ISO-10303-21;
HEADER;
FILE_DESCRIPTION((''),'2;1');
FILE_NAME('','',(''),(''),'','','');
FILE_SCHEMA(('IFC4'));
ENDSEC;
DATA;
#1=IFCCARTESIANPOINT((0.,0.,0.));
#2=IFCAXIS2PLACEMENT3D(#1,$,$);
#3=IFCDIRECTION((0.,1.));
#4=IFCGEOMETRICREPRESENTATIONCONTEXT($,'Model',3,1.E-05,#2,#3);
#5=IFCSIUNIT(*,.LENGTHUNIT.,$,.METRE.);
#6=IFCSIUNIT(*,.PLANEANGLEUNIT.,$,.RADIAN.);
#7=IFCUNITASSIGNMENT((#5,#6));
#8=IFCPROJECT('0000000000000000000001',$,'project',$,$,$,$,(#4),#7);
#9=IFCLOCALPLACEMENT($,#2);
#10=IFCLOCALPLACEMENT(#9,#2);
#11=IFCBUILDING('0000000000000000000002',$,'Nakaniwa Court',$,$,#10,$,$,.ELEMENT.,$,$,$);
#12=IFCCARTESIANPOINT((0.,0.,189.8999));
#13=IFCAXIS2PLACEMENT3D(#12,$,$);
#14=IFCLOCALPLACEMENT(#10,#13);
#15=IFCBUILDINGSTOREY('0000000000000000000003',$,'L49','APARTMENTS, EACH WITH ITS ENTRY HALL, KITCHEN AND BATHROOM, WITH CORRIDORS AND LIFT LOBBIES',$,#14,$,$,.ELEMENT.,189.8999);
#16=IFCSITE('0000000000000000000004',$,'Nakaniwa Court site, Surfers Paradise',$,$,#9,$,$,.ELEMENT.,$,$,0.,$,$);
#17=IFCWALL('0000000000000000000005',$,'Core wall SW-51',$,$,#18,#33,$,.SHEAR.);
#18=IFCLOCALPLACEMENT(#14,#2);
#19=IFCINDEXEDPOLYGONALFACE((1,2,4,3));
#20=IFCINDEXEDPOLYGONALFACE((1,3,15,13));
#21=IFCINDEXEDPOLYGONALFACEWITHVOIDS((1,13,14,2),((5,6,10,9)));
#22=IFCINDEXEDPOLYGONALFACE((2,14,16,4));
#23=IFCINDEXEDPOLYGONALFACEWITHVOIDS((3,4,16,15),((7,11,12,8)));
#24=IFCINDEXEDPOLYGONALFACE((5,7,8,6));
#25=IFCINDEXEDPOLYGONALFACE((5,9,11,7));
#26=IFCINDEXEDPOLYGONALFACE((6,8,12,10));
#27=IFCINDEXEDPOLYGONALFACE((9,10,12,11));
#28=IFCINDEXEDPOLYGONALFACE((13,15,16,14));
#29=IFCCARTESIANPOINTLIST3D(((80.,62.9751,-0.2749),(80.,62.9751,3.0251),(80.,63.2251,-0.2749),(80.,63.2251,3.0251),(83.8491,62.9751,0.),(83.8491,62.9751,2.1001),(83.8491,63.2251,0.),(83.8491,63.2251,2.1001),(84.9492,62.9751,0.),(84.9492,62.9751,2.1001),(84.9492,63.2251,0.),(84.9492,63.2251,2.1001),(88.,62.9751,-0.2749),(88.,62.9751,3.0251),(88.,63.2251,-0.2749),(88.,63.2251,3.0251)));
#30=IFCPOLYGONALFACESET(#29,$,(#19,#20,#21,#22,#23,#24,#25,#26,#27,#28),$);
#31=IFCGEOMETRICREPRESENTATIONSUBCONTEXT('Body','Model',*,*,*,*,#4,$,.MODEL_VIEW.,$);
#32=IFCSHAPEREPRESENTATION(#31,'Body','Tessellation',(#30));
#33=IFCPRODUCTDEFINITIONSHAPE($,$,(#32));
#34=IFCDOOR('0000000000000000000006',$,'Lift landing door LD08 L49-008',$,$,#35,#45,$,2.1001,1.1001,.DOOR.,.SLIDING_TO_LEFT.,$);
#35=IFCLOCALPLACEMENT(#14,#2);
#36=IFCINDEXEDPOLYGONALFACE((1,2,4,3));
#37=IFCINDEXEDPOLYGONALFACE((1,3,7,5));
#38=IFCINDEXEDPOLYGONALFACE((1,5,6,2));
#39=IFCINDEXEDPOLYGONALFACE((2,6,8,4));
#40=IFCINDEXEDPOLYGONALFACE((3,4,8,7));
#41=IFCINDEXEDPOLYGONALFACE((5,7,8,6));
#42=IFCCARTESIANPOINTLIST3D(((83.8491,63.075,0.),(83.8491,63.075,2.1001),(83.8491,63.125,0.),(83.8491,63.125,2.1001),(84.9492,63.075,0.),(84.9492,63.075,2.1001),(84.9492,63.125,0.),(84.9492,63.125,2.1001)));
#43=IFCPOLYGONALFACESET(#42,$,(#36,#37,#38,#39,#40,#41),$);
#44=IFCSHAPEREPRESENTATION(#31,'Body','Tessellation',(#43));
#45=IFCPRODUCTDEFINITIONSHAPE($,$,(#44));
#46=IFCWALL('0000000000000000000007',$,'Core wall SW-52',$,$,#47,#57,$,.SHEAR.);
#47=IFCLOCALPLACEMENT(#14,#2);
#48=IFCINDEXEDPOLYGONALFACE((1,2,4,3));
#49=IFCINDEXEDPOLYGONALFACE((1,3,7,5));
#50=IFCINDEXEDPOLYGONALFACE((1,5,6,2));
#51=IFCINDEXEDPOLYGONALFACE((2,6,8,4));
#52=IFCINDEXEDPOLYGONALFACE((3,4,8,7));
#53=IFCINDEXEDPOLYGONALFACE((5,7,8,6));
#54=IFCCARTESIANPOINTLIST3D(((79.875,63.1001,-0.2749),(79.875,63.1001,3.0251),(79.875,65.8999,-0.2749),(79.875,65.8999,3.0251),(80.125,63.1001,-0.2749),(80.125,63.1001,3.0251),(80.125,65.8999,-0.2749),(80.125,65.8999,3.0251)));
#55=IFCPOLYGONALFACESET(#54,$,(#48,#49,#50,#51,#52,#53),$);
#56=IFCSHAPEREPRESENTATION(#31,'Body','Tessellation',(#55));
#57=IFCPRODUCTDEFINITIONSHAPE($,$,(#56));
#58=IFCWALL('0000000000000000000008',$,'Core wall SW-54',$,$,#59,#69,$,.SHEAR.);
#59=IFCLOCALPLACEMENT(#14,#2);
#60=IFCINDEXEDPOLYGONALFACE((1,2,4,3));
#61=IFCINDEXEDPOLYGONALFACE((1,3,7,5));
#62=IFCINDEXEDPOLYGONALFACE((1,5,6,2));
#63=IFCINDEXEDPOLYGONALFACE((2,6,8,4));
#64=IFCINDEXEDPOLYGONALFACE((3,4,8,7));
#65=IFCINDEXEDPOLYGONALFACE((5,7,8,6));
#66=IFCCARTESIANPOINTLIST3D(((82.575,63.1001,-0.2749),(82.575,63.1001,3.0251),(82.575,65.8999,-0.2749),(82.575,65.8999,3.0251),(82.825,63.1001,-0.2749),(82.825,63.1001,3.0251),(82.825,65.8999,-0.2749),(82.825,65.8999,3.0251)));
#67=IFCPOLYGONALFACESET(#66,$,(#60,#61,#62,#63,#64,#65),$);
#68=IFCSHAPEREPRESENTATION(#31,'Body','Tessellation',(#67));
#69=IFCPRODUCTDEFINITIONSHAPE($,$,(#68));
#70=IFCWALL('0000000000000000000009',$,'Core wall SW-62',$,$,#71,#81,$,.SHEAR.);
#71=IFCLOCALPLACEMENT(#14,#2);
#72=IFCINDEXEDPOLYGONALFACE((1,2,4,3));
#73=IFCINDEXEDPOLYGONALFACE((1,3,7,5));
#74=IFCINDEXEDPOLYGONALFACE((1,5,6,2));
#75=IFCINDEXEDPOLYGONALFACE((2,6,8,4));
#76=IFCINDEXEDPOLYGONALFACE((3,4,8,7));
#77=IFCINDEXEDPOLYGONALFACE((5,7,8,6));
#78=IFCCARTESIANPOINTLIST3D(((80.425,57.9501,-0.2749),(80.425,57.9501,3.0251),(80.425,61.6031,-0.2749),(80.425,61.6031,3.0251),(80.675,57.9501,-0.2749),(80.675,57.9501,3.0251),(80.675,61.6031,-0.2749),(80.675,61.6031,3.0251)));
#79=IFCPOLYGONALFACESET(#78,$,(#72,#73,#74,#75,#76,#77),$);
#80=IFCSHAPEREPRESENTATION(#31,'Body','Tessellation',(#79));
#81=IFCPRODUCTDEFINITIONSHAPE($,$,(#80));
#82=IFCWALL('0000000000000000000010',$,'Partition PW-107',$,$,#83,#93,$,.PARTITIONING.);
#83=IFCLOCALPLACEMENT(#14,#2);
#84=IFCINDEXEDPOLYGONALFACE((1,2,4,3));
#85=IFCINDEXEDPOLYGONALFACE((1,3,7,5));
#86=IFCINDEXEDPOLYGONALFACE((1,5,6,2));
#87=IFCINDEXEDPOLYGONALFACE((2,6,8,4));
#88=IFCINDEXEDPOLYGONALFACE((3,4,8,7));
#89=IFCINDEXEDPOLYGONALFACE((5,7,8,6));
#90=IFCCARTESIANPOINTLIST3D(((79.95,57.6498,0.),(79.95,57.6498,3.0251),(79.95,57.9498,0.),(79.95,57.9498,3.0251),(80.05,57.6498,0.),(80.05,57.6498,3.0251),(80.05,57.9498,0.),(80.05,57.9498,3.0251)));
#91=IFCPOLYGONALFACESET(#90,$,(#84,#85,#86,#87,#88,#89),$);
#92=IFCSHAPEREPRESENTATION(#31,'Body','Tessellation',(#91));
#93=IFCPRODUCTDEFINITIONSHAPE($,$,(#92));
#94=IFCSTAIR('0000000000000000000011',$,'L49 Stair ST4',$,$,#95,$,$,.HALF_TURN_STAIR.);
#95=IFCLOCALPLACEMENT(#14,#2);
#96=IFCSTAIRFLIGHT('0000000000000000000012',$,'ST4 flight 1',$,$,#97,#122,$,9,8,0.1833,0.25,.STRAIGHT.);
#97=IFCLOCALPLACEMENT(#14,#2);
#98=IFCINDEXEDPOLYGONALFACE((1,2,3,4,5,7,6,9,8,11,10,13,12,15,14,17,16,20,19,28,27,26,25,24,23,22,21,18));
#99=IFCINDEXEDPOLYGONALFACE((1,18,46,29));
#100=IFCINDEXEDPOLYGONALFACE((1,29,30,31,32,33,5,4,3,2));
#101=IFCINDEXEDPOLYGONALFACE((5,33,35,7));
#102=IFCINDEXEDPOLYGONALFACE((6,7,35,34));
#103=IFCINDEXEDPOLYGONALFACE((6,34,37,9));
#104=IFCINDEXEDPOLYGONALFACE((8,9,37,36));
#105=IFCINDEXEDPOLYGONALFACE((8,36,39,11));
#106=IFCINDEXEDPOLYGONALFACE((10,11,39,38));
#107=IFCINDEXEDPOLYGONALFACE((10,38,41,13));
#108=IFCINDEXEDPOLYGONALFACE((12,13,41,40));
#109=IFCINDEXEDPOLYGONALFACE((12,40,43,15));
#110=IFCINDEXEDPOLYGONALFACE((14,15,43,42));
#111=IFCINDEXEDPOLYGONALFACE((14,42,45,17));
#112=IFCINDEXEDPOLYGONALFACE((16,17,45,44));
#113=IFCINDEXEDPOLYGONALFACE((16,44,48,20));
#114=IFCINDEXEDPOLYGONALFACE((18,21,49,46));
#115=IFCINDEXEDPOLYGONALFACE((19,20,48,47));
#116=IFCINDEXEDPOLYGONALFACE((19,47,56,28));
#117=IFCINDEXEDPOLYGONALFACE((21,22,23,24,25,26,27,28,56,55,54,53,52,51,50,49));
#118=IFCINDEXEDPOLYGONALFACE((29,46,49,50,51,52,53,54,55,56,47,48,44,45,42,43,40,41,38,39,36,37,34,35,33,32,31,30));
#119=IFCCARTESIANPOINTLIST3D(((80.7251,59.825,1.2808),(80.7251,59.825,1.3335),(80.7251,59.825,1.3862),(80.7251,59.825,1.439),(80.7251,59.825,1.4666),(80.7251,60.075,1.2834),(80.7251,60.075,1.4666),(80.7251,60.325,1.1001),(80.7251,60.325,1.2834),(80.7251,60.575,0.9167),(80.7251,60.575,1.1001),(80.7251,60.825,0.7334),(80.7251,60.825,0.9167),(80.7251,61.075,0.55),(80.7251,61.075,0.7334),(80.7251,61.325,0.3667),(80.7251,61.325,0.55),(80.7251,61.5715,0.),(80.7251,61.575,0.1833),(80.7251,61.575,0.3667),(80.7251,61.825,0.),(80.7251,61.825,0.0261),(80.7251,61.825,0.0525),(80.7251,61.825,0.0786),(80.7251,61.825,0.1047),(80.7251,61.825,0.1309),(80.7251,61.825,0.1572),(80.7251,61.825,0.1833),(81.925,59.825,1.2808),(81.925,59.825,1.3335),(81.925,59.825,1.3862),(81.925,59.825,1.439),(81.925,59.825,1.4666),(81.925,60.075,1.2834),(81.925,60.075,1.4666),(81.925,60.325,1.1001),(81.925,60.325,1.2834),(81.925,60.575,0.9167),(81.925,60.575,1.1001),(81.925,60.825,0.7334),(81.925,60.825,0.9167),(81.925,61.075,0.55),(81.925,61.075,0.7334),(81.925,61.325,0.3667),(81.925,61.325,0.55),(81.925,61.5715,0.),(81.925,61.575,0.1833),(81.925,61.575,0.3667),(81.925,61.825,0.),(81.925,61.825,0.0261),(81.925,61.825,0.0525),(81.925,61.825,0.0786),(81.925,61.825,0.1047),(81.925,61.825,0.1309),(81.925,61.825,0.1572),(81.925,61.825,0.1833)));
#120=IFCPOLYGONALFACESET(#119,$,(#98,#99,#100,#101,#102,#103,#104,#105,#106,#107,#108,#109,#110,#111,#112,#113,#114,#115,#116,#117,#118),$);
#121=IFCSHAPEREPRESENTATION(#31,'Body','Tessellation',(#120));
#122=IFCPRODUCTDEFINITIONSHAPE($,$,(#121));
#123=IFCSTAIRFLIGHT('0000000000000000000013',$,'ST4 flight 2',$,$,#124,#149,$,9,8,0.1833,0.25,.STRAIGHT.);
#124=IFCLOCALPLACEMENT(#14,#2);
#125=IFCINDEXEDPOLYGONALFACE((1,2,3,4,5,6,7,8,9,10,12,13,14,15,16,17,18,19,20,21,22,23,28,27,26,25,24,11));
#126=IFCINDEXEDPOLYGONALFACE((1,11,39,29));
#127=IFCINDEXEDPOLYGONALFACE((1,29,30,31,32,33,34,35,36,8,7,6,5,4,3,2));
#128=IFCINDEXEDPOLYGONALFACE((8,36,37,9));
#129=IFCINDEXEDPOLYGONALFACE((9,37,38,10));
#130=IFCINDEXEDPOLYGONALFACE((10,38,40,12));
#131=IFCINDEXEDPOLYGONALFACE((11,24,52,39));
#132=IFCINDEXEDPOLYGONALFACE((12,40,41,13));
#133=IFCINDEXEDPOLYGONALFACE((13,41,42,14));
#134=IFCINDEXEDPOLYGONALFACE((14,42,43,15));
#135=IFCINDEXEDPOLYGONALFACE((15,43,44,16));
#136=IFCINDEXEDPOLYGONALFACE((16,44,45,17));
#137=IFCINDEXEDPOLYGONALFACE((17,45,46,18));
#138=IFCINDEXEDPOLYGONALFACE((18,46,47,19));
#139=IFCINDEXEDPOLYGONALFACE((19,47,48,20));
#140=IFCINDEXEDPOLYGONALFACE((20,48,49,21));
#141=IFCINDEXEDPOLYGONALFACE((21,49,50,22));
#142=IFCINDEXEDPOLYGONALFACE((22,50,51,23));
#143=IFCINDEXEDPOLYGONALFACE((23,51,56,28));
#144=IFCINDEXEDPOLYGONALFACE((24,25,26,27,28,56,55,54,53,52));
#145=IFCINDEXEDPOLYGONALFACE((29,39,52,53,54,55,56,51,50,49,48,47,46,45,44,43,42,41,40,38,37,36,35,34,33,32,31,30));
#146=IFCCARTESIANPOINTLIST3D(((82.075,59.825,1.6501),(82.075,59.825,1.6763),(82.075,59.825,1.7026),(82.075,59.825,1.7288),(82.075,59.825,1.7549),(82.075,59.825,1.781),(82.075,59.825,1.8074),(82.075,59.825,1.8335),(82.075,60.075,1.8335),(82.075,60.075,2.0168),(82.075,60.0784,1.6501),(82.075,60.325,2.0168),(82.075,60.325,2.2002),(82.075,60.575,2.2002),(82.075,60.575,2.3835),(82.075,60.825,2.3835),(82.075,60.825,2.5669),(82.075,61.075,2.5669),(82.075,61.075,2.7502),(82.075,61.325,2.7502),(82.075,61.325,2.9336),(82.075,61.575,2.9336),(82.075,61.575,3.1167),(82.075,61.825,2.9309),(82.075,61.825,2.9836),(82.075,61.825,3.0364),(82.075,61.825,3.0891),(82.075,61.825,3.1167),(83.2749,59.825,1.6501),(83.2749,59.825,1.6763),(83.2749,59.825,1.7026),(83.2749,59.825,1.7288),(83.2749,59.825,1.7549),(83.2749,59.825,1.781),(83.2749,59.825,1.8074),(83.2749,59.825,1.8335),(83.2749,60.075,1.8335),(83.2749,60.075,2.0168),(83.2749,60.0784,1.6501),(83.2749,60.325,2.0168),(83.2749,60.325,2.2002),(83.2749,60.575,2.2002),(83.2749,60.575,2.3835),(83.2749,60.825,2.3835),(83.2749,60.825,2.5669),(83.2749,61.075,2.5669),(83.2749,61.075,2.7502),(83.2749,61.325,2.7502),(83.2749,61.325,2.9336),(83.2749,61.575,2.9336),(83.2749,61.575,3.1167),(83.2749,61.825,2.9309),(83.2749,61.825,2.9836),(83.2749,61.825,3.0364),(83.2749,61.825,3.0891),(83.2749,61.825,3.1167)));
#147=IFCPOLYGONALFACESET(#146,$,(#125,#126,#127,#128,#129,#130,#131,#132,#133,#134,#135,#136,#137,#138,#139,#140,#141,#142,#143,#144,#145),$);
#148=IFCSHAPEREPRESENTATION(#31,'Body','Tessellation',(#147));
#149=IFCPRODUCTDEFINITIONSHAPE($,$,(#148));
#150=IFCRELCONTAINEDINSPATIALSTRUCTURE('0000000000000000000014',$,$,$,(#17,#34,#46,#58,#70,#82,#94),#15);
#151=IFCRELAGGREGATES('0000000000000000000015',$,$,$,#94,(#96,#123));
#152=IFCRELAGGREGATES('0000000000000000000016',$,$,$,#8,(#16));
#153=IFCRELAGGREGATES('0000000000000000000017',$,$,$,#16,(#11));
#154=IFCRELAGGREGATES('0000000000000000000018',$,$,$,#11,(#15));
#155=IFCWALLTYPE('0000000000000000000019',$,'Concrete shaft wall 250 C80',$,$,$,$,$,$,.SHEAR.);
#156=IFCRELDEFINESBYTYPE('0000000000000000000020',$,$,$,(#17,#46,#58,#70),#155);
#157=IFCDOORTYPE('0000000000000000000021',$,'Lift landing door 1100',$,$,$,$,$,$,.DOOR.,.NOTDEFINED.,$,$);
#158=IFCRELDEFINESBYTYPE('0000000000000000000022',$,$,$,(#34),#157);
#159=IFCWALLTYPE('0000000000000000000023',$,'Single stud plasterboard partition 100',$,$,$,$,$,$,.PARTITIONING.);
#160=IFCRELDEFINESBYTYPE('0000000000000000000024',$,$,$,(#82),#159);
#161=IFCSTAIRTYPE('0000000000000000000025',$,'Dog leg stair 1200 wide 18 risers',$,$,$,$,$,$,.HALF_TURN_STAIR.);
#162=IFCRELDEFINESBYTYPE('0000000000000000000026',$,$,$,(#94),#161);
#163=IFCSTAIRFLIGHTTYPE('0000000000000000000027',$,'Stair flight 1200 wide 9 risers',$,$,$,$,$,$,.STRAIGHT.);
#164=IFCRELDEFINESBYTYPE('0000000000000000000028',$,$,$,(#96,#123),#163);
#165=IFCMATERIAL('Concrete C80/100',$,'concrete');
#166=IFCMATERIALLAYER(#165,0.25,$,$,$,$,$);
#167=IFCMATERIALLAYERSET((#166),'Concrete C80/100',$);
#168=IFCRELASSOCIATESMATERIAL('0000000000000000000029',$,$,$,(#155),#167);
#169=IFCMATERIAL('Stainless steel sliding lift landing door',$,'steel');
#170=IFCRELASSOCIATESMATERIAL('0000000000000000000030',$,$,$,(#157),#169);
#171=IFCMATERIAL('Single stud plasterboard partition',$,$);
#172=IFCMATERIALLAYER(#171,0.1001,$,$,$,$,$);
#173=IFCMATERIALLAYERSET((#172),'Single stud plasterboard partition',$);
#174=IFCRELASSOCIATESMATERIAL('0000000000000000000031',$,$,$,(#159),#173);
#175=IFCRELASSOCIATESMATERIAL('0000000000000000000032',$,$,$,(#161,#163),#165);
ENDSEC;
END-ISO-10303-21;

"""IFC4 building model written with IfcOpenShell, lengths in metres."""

from ifc_helpers import new_model, si_unit, direction, frame, frame_2d, origin, place, context, subcontext, project, spatial, polyline, rectangle, outline, extrude, material, layer, layer_set, type_object, element, fill, aggregate, save


model = new_model("IFC4")

# Units and contexts
model_context = context("Model", 3, precision=1e-05, world=origin(), true_north=direction((0.0, 1.0)))
body_context = subcontext(model_context, "Body", "Model", "MODEL_VIEW")
ifc_project = project(units=[si_unit("LENGTHUNIT", "METRE"), si_unit("PLANEANGLEUNIT", "RADIAN")], contexts=[model_context])

# Site, building, storey
site_placement = place(None, origin())
site = spatial("IfcSite", under=ifc_project, at=site_placement, Name="Nakaniwa Court site, Surfers Paradise", CompositionType="ELEMENT", RefElevation=0.0)
building_placement = place(site_placement, origin())
building = spatial("IfcBuilding", under=site, at=building_placement, Name="Nakaniwa Court", CompositionType="ELEMENT")
storey_placement = place(building_placement, frame((0.0, 0.0, 189.8999)))
storey = spatial("IfcBuildingStorey", under=building, at=storey_placement, Name="L49", Description="APARTMENTS, EACH WITH ITS ENTRY HALL, KITCHEN AND BATHROOM, WITH CORRIDORS AND LIFT LOBBIES", CompositionType="ELEMENT", Elevation=189.8999)

# Shared definitions
ifc_material_1 = material(Name="Concrete C80/100", Category="concrete")

# Shared definitions
ifc_layer_1 = layer(ifc_material_1, 0.25)
ifc_layer_set_1 = layer_set([ifc_layer_1], Name="Concrete C80/100")
wall_type_1 = type_object("IfcWallType", Name="Concrete shaft wall 250 C80", PredefinedType="SHEAR", material=ifc_layer_set_1)

# Wall, opening, door
wall_1_placement = place(storey_placement, frame((80.0, 63.1001, -0.2749), z_axis=(0.0, 0.0, 1.0), x_axis=(1.0, 0.0, 0.0)))
wall_1 = element("IfcWall", 1, at=wall_1_placement, inside=storey, type_object=wall_type_1, Name="Core wall SW-51", PredefinedType="SHEAR", context=body_context, shape_type="SweptSolid", body=[
    extrude(rectangle(XDim=8.0, YDim=0.25, at=frame_2d((4.0, 0.0))), origin(), (0.0, 0.0, 1.0), 3.3),
])
opening_1_placement = place(wall_1_placement, frame((3.8491, 0.0, 0.2749)))
opening_1 = element("IfcOpeningElement", 2, at=opening_1_placement, cuts=wall_1, PredefinedType="OPENING", context=body_context, shape_type="SweptSolid", body=[
    extrude(rectangle(XDim=1.1001, YDim=2.1001, at=frame_2d((0.55, 1.05))), frame((0.0, 0.135, 0.0), z_axis=(0.0, -1.0, 0.0), x_axis=(1.0, 0.0, 0.0)), (0.0, 0.0, 1.0), 0.27),
])
ifc_material_2 = material(Name="Stainless steel sliding lift landing door", Category="steel")
door_type_1 = type_object("IfcDoorType", Name="Lift landing door 1100", OperationType="NOTDEFINED", PredefinedType="DOOR", material=ifc_material_2)
door_1_placement = place(opening_1_placement, origin())
door_1 = element("IfcDoor", 3, at=door_1_placement, inside=storey, type_object=door_type_1, Name="Lift landing door LD08 L49-008", OperationType="SLIDING_TO_LEFT", OverallHeight=2.1001, OverallWidth=1.1001, PredefinedType="DOOR", context=body_context, shape_type="SweptSolid", body=[
    extrude(rectangle(XDim=1.1001, YDim=2.1001, at=frame_2d((0.55, 1.05))), frame((0.0, 0.0249, 0.0), z_axis=(0.0, -1.0, 0.0), x_axis=(1.0, 0.0, 0.0)), (0.0, 0.0, 1.0), 0.05),
])
fill(opening_1, door_1)

# Walls
for number, where, z_axis, x_axis, name in (
    (4, (80.0, 63.1001, -0.2749), (0.0, 0.0, 1.0), (0.0, 1.0, 0.0), "Core wall SW-52"),
    (5, (82.7, 63.1001, -0.2749), (0.0, 0.0, 1.0), (0.0, 1.0, 0.0), "Core wall SW-54"),
):
    element("IfcWall", number, at=place(storey_placement, frame(where, z_axis=z_axis, x_axis=x_axis)), inside=storey, type_object=wall_type_1, Name=name, PredefinedType="SHEAR", context=body_context, shape_type="SweptSolid", body=[
        extrude(rectangle(XDim=2.7998, YDim=0.25, at=frame_2d((1.3999, 0.0))), origin(), (0.0, 0.0, 1.0), 3.3),
    ])
wall_2_placement = place(storey_placement, frame((80.55, 57.95, -0.2749), z_axis=(0.0, 0.0, 1.0), x_axis=(0.0, 1.0, 0.0)))
element("IfcWall", 6, at=wall_2_placement, inside=storey, type_object=wall_type_1, Name="Core wall SW-62", PredefinedType="SHEAR", context=body_context, shape_type="SweptSolid", body=[
    extrude(rectangle(XDim=3.6531, YDim=0.25, at=frame_2d((1.8267, 0.0))), origin(), (0.0, 0.0, 1.0), 3.3),
])
ifc_material_3 = material(Name="Single stud plasterboard partition")
ifc_layer_2 = layer(ifc_material_3, 0.1001)
ifc_layer_set_2 = layer_set([ifc_layer_2], Name="Single stud plasterboard partition")
wall_type_2 = type_object("IfcWallType", Name="Single stud plasterboard partition 100", PredefinedType="PARTITIONING", material=ifc_layer_set_2)
wall_3_placement = place(storey_placement, frame((80.0, 57.6499, 0.0), z_axis=(0.0, 0.0, 1.0), x_axis=(0.0, 1.0, 0.0)))
element("IfcWall", 7, at=wall_3_placement, inside=storey, type_object=wall_type_2, Name="Partition PW-107", PredefinedType="PARTITIONING", context=body_context, shape_type="SweptSolid", body=[
    extrude(rectangle(XDim=0.3, YDim=0.1001, at=frame_2d((0.1499, 0.0))), origin(), (0.0, 0.0, 1.0), 3.0251),
])

# Stair, stair flights
stair_type = type_object("IfcStairType", Name="Dog leg stair 1200 wide 18 risers", PredefinedType="HALF_TURN_STAIR", material=ifc_material_1)
stair_placement = place(storey_placement, origin())
stair = element("IfcStair", 8, at=stair_placement, inside=storey, type_object=stair_type, Name="L49 Stair ST4", PredefinedType="HALF_TURN_STAIR")
stair_flight_type = type_object("IfcStairFlightType", Name="Stair flight 1200 wide 9 risers", PredefinedType="STRAIGHT", material=ifc_material_1)
stair_flight_1_placement = place(storey_placement, frame((81.325, 61.825, 0.0), z_axis=(0.0, 0.0, 1.0), x_axis=(0.0, -1.0, 0.0)))
stair_flight_1 = element("IfcStairFlight", 9, at=stair_flight_1_placement, type_object=stair_flight_type, Name="ST4 flight 1", NumberOfRisers=9, NumberOfTreads=8, PredefinedType="STRAIGHT", RiserHeight=0.1833, TreadLength=0.25, context=body_context, shape_type="SweptSolid", body=[
    extrude(outline(polyline([(0.0, 0.0), (0.0, 0.0261), (0.0, 0.0525), (0.0, 0.0786), (0.0, 0.1047), (0.0, 0.1309), (0.0, 0.1572), (0.0, 0.1833), (0.25, 0.1833), (0.25, 0.3667), (0.5, 0.3667), (0.5, 0.55), (0.75, 0.55), (0.75, 0.7334), (1.0, 0.7334), (1.0, 0.9167), (1.25, 0.9167), (1.25, 1.1001), (1.5, 1.1001), (1.5, 1.2834), (1.75, 1.2834), (1.75, 1.4666), (2.0, 1.4666), (2.0, 1.6499), (2.0, 1.5972), (2.0, 1.5444), (2.0, 1.4917), (2.0, 1.439), (2.0, 1.3862), (2.0, 1.3335), (2.0, 1.2808), (0.2534, 0.0), (0.0, 0.0)])), frame((0.0, 0.6001, 0.0), z_axis=(0.0, -1.0, 0.0), x_axis=(1.0, 0.0, 0.0)), (0.0, 0.0, 1.0), 1.2),
])
stair_flight_2_placement = place(storey_placement, frame((82.675, 59.825, 1.6501), z_axis=(0.0, 0.0, 1.0), x_axis=(0.0, 1.0, 0.0)))
stair_flight_2 = element("IfcStairFlight", 10, at=stair_flight_2_placement, type_object=stair_flight_type, Name="ST4 flight 2", NumberOfRisers=9, NumberOfTreads=8, PredefinedType="STRAIGHT", RiserHeight=0.1833, TreadLength=0.25, context=body_context, shape_type="SweptSolid", body=[
    extrude(outline(polyline([(0.0, 0.0), (0.0, 0.0261), (0.0, 0.0525), (0.0, 0.0786), (0.0, 0.1047), (0.0, 0.1309), (0.0, 0.1572), (0.0, 0.1833), (0.25, 0.1833), (0.25, 0.3667), (0.5, 0.3667), (0.5, 0.55), (0.75, 0.55), (0.75, 0.7334), (1.0, 0.7334), (1.0, 0.9167), (1.25, 0.9167), (1.25, 1.1001), (1.5, 1.1001), (1.5, 1.2834), (1.75, 1.2834), (1.75, 1.4666), (2.0, 1.4666), (2.0, 1.6499), (2.0, 1.5972), (2.0, 1.5444), (2.0, 1.4917), (2.0, 1.439), (2.0, 1.3862), (2.0, 1.3335), (2.0, 1.2808), (0.2534, 0.0), (0.0, 0.0)])), frame((0.0, 0.6001, 0.0), z_axis=(0.0, -1.0, 0.0), x_axis=(1.0, 0.0, 0.0)), (0.0, 0.0, 1.0), 1.2),
])
aggregate(stair, [stair_flight_1, stair_flight_2])

save(model, "model.ifc")
